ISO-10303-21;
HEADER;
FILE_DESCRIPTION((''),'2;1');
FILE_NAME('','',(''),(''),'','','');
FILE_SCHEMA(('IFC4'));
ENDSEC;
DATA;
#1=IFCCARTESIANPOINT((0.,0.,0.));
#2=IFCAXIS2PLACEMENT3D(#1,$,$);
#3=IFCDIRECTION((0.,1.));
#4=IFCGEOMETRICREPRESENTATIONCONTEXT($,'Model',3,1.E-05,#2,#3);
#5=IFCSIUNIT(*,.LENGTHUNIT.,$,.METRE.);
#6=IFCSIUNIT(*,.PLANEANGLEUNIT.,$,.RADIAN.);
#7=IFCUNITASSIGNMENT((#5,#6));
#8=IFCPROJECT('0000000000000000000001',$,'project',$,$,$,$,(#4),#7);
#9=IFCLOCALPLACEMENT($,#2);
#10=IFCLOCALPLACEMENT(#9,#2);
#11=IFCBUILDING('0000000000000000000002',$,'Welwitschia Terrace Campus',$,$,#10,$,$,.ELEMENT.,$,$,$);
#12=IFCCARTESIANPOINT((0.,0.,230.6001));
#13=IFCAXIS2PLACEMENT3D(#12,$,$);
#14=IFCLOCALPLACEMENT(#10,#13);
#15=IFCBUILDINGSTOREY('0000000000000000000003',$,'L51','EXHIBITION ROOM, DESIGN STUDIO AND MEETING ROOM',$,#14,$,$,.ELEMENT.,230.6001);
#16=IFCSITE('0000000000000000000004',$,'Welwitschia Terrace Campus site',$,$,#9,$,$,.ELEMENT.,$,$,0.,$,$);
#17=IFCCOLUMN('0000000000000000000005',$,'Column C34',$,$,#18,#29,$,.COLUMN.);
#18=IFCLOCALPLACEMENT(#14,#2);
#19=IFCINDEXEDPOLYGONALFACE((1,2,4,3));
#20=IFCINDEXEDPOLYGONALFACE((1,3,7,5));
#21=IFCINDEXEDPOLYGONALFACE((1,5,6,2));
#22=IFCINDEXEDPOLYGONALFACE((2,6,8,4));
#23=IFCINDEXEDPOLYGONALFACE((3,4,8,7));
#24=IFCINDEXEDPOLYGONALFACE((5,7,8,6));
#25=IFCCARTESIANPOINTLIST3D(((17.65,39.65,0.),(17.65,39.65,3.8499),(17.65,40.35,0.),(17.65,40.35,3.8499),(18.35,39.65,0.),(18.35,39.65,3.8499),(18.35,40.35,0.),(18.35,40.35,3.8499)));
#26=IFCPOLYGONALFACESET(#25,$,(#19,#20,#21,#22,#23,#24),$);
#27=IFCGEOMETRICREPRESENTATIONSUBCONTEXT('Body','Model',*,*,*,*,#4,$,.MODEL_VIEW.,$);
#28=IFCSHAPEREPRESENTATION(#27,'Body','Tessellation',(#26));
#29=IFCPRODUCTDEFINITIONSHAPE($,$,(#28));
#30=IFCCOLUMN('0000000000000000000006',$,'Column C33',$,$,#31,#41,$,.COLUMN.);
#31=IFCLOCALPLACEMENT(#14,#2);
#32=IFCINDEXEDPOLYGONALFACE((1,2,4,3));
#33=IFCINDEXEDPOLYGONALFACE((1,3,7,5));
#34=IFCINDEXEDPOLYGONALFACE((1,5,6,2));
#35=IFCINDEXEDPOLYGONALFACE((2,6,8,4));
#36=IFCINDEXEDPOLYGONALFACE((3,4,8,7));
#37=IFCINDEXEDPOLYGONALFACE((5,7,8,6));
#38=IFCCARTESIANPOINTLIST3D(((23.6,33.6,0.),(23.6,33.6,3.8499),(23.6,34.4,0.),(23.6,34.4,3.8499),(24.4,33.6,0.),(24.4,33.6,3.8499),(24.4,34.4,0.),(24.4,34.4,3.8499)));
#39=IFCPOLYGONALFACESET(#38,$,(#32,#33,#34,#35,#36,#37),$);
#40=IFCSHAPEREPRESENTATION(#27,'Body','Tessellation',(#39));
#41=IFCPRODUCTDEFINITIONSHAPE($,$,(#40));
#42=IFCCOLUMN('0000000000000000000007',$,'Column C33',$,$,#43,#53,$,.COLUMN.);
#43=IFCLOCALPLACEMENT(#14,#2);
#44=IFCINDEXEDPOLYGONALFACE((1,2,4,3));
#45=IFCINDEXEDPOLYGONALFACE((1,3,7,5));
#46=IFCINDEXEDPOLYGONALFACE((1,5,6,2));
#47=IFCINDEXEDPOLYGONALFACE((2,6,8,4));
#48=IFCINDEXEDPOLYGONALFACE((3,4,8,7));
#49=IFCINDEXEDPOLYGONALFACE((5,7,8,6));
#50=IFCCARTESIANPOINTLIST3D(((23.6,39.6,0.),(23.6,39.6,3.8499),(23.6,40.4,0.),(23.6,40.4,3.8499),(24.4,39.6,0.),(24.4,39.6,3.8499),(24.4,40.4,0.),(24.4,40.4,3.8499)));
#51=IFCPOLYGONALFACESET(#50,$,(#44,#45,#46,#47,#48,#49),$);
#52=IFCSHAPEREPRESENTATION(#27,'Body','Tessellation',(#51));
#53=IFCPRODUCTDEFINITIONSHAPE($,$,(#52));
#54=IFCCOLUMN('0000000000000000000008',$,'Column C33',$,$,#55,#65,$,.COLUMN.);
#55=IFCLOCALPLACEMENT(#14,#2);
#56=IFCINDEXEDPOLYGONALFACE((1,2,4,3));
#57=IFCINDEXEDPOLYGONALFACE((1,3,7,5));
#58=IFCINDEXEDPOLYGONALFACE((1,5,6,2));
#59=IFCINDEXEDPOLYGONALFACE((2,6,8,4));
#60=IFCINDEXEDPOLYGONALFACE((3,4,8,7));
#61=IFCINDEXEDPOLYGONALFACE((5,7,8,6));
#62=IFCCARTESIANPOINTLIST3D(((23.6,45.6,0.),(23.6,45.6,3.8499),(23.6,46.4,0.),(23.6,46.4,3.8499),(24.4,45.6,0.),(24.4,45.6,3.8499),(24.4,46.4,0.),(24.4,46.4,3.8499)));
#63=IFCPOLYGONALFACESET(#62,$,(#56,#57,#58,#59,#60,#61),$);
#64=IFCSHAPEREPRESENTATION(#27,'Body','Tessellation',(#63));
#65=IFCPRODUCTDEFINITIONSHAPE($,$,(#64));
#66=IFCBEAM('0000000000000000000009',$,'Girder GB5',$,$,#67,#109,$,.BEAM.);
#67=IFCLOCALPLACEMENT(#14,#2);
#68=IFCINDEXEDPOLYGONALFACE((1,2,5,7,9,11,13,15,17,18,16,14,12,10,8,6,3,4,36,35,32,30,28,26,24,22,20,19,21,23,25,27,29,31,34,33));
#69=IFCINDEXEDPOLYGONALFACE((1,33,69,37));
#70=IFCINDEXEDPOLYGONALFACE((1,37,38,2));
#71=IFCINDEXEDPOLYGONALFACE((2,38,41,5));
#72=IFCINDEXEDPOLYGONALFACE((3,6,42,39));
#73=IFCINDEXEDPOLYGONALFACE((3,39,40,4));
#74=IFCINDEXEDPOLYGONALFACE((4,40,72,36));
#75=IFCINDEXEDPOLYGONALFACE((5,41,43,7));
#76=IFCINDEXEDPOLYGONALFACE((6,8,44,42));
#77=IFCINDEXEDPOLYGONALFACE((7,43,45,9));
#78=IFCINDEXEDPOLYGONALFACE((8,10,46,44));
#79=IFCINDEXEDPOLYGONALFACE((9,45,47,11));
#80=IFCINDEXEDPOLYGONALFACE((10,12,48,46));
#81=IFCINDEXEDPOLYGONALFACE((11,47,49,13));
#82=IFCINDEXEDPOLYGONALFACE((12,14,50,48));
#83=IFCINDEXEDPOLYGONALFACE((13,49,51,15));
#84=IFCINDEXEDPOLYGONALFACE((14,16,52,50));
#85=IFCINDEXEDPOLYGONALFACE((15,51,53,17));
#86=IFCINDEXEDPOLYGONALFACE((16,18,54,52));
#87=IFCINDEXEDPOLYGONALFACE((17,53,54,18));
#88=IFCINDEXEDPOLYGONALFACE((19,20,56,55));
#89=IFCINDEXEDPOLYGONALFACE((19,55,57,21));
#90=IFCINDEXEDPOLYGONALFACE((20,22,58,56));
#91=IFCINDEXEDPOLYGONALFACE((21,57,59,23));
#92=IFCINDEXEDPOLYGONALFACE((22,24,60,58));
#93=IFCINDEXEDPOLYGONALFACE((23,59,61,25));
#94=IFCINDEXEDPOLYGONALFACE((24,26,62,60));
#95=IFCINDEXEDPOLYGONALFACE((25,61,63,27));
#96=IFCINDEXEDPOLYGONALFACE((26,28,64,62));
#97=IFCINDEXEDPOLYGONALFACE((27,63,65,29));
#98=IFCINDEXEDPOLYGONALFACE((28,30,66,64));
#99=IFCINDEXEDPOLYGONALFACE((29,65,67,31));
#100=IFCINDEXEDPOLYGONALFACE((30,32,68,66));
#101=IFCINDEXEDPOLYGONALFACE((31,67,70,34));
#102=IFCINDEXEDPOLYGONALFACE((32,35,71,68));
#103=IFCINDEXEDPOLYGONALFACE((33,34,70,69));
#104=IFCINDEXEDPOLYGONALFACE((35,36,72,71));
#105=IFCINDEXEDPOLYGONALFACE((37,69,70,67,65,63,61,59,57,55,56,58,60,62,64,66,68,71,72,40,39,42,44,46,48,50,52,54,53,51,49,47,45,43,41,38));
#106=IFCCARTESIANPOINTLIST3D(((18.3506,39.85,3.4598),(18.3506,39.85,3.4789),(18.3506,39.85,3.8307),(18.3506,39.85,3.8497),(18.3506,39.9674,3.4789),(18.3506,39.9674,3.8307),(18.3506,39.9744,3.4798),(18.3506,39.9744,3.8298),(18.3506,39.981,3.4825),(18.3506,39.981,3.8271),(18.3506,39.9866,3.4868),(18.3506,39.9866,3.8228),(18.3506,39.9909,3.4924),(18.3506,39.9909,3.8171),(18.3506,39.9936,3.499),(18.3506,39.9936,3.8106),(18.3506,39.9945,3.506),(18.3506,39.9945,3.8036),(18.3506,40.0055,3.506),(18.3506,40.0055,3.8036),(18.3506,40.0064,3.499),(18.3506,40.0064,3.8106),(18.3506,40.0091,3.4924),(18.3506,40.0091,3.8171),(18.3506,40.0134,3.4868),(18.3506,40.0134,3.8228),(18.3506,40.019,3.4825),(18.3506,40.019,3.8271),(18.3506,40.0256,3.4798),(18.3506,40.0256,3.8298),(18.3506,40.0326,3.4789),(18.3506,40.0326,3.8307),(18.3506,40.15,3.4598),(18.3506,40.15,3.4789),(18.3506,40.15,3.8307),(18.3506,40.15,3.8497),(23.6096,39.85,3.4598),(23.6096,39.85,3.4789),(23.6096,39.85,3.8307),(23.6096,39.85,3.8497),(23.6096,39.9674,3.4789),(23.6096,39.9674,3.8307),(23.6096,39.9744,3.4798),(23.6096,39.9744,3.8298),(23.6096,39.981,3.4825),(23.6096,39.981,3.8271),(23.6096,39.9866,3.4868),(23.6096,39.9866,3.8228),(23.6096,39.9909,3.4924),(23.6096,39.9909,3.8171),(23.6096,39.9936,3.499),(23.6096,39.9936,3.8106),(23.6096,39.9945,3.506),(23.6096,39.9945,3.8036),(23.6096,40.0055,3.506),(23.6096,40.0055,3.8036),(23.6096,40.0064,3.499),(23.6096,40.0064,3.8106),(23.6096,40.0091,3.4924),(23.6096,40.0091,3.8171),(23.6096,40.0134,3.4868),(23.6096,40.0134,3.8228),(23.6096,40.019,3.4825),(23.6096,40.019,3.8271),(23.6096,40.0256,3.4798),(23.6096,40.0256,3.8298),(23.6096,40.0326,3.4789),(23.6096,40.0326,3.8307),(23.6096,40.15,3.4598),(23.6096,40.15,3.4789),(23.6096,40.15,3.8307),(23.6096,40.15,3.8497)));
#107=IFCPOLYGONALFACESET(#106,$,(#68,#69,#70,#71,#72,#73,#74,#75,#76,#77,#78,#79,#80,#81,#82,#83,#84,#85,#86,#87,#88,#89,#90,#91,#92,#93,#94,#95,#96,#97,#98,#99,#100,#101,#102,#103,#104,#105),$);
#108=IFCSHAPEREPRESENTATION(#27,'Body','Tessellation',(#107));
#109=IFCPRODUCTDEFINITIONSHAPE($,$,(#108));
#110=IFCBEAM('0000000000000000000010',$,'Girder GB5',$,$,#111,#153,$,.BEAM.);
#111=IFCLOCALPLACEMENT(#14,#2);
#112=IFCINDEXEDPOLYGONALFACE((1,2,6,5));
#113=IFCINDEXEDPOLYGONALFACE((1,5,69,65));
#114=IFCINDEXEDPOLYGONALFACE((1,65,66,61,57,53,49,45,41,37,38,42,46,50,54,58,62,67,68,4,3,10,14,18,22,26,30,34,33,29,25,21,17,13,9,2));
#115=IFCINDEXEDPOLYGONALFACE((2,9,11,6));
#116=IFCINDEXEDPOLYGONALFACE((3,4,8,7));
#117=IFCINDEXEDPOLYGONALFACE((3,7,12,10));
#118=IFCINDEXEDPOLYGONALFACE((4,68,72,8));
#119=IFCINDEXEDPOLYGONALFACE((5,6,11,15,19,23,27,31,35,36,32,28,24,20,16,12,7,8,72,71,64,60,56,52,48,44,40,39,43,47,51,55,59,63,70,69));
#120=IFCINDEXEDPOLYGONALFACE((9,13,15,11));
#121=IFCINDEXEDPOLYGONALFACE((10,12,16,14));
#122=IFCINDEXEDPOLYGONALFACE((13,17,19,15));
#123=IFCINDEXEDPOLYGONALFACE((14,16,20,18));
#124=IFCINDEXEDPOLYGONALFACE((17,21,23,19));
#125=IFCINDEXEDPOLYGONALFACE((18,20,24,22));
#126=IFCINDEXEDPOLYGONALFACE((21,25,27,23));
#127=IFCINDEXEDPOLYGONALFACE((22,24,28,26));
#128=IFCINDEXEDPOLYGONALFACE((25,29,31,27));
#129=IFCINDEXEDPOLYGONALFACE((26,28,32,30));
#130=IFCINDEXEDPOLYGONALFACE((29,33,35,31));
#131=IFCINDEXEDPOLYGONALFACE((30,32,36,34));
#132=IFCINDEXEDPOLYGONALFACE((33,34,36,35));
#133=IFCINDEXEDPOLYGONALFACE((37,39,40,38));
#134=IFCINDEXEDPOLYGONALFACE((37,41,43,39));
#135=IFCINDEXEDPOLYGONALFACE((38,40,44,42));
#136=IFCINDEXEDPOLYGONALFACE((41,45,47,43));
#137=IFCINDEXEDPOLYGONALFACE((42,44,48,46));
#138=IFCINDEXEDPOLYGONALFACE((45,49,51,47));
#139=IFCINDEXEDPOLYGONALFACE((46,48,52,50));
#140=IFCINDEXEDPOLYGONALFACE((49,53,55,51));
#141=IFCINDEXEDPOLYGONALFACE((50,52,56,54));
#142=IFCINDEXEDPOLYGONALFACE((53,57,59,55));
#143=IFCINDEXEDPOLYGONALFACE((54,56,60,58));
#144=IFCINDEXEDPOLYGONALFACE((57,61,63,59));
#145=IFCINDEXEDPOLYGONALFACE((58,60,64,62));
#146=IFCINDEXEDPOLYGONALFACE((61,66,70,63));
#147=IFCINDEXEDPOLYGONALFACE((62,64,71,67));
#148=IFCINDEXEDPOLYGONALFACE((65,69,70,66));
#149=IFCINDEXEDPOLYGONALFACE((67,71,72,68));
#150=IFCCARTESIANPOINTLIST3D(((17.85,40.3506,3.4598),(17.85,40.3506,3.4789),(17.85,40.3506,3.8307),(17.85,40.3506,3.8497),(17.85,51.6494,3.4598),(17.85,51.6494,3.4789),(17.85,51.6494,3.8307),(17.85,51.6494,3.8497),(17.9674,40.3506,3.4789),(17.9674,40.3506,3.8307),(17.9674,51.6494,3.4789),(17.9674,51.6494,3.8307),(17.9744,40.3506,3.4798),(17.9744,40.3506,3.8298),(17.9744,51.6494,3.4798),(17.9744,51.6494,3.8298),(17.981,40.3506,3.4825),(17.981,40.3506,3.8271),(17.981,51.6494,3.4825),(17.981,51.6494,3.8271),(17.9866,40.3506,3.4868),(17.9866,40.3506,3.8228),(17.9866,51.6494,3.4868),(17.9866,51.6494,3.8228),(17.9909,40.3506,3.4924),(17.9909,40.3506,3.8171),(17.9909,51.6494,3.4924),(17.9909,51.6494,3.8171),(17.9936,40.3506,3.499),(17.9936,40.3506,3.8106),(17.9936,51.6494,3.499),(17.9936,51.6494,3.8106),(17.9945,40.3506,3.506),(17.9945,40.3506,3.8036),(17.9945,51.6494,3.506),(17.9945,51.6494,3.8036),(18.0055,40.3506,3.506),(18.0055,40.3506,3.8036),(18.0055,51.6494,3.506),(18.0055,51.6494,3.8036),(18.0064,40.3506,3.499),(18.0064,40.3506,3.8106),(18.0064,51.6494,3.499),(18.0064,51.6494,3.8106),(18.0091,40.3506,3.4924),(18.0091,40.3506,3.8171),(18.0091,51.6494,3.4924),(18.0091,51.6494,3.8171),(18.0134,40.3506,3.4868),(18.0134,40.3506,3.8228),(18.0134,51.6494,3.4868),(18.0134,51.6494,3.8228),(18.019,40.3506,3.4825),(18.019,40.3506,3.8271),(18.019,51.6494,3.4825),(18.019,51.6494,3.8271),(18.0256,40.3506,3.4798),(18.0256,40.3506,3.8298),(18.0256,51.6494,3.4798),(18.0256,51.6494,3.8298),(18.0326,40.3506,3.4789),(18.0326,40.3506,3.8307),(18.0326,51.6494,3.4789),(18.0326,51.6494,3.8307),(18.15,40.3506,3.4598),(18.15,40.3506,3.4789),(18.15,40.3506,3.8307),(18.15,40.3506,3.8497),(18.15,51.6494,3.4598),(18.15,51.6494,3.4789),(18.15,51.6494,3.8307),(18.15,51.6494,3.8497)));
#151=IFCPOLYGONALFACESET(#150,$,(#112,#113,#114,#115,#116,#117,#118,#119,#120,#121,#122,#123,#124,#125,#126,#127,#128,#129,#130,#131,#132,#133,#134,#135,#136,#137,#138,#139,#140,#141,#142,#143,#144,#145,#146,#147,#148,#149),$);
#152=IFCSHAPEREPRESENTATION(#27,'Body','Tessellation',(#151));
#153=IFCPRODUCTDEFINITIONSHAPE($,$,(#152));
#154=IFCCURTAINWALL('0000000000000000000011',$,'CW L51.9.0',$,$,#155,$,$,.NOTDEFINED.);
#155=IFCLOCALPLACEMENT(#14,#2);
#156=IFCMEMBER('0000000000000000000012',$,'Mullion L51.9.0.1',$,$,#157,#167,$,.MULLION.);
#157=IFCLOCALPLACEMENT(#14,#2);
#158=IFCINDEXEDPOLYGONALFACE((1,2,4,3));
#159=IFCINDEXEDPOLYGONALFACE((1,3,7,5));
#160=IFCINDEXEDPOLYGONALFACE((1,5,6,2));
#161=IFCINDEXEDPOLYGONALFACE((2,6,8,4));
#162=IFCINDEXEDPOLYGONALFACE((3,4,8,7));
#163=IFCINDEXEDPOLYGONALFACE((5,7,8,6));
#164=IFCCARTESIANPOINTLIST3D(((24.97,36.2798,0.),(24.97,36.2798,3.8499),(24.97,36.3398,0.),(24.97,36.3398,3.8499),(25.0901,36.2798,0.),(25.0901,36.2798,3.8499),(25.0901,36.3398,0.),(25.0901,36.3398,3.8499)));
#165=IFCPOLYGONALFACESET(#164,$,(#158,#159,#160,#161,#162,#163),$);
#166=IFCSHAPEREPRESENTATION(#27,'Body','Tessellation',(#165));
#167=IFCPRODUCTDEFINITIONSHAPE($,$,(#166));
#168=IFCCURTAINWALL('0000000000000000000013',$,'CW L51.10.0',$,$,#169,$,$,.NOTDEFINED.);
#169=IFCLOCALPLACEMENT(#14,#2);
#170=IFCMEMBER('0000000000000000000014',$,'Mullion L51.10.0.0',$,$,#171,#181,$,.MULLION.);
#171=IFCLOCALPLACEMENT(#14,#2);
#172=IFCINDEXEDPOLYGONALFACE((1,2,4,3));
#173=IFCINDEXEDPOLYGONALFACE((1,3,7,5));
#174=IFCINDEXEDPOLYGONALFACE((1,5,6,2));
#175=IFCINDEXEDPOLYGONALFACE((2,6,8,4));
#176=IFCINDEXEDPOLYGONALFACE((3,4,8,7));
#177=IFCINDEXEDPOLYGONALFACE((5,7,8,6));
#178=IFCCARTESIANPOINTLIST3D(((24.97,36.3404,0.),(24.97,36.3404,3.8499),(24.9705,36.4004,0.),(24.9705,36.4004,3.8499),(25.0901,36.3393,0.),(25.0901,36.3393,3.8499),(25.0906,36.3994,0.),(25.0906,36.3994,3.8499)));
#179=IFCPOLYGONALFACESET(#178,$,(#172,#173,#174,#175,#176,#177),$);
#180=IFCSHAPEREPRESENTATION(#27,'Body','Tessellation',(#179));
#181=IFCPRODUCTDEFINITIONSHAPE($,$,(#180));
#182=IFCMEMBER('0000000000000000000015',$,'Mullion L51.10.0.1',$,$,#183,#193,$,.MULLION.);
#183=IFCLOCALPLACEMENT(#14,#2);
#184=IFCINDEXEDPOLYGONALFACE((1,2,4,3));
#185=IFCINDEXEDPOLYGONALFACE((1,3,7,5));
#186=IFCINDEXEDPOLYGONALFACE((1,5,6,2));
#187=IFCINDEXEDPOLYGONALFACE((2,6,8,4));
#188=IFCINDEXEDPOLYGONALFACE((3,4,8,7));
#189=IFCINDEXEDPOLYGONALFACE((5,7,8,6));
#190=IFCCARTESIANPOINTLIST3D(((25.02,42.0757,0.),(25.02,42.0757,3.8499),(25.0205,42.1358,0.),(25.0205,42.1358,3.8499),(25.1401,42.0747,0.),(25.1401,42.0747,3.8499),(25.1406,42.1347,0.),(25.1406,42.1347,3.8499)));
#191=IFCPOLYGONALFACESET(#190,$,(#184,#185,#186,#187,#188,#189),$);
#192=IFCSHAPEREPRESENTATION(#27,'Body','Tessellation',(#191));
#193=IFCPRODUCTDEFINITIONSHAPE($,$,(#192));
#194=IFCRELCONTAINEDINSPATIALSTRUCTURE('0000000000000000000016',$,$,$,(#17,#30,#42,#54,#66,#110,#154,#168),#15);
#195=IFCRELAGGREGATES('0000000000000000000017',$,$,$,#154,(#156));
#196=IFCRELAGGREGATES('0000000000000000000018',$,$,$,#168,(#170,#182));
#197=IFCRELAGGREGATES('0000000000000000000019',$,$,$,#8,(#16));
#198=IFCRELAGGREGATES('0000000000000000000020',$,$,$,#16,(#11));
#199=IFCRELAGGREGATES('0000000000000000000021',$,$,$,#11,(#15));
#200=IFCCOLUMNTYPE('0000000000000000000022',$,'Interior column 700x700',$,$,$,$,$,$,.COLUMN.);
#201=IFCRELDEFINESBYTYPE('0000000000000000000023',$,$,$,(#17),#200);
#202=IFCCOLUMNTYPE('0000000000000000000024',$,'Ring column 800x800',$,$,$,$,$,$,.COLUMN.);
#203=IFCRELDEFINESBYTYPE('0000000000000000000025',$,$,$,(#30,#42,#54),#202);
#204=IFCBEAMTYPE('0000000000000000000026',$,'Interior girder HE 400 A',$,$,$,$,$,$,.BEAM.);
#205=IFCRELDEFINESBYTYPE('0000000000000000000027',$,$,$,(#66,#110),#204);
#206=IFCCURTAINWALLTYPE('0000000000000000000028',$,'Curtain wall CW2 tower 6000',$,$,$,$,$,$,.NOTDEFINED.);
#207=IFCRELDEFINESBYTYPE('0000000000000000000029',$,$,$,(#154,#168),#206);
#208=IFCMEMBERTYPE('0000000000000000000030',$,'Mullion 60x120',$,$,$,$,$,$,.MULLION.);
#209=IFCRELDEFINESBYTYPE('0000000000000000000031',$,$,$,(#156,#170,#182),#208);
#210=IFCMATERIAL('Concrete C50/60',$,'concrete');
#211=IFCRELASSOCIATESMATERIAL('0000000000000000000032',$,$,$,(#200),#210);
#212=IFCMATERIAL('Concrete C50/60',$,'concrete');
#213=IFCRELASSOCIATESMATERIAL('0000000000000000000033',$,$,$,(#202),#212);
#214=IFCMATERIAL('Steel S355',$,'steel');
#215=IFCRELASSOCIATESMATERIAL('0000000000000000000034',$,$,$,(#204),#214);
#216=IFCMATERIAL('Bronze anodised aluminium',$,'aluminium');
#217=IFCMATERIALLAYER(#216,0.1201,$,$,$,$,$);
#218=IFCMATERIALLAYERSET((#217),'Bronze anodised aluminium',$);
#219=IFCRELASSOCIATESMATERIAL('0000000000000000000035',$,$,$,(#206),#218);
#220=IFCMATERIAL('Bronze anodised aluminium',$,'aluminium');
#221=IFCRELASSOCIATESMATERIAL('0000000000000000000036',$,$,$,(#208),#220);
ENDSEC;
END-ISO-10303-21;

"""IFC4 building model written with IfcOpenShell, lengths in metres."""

from ifc_helpers import new_model, si_unit, direction, frame, origin, origin_2d, place, context, subcontext, project, spatial, rectangle, i_section, extrude, material, layer, layer_set, material_profile, profile_set, type_object, element, aggregate, save


model = new_model("IFC4")

# Units and contexts
model_context = context("Model", 3, precision=1e-05, world=origin(), true_north=direction((0.0, 1.0)))
body_context = subcontext(model_context, "Body", "Model", "MODEL_VIEW")
ifc_project = project(units=[si_unit("LENGTHUNIT", "METRE"), si_unit("PLANEANGLEUNIT", "RADIAN")], contexts=[model_context])

# Site, building, storey
site_placement = place(None, origin())
site = spatial("IfcSite", under=ifc_project, at=site_placement, Name="Welwitschia Terrace Campus site", CompositionType="ELEMENT", RefElevation=0.0)
building_placement = place(site_placement, origin())
building = spatial("IfcBuilding", under=site, at=building_placement, Name="Welwitschia Terrace Campus", CompositionType="ELEMENT")
storey_placement = place(building_placement, frame((0.0, 0.0, 230.6001)))
storey = spatial("IfcBuildingStorey", under=building, at=storey_placement, Name="L51", Description="EXHIBITION ROOM, DESIGN STUDIO AND MEETING ROOM", CompositionType="ELEMENT", Elevation=230.6001)

# Columns
ifc_material_1 = material(Name="Concrete C50/60", Category="concrete")
ifc_material_profile_1 = material_profile(ifc_material_1, rectangle(XDim=0.7, YDim=0.7, at=origin_2d()))
ifc_profile_set_1 = profile_set([ifc_material_profile_1], Name="Concrete C50/60")
column_type_1 = type_object("IfcColumnType", Name="Interior column 700x700", PredefinedType="COLUMN", material=ifc_profile_set_1)
column_placement = place(storey_placement, frame((18.0, 40.0, 0.0), z_axis=(0.0, 0.0, 1.0), x_axis=(1.0, 0.0, 0.0)))
element("IfcColumn", 1, at=column_placement, inside=storey, type_object=column_type_1, Name="Column C34", PredefinedType="COLUMN", context=body_context, shape_type="SweptSolid", body=[
    extrude(rectangle(XDim=0.7, YDim=0.7, at=origin_2d()), origin(), (0.0, 0.0, 1.0), 3.8499),
])
ifc_material_2 = material(Name="Concrete C50/60", Category="concrete")
ifc_material_profile_2 = material_profile(ifc_material_2, rectangle(XDim=0.8, YDim=0.8, at=origin_2d()))
ifc_profile_set_2 = profile_set([ifc_material_profile_2], Name="Concrete C50/60")
column_type_2 = type_object("IfcColumnType", Name="Ring column 800x800", PredefinedType="COLUMN", material=ifc_profile_set_2)
for number, where, z_axis, x_axis, name in (
    (2, (24.0, 34.0, 0.0), (0.0, 0.0, 1.0), (1.0, 0.0, 0.0), "Column C33"),
    (3, (24.0, 40.0, 0.0), (0.0, 0.0, 1.0), (1.0, 0.0, 0.0), "Column C33"),
    (4, (24.0, 46.0, 0.0), (0.0, 0.0, 1.0), (1.0, 0.0, 0.0), "Column C33"),
):
    element("IfcColumn", number, at=place(storey_placement, frame(where, z_axis=z_axis, x_axis=x_axis)), inside=storey, type_object=column_type_2, Name=name, PredefinedType="COLUMN", context=body_context, shape_type="SweptSolid", body=[
        extrude(rectangle(XDim=0.8, YDim=0.8, at=origin_2d()), origin(), (0.0, 0.0, 1.0), 3.8499),
    ])

# Beams
ifc_material_3 = material(Name="Steel S355", Category="steel")
ifc_material_profile_3 = material_profile(ifc_material_3, i_section(OverallWidth=0.3, OverallDepth=0.3899, WebThickness=0.011, FlangeThickness=0.019, FilletRadius=0.0271, at=origin_2d()))
ifc_profile_set_3 = profile_set([ifc_material_profile_3], Name="Steel S355")
beam_type_1 = type_object("IfcBeamType", Name="Interior girder HE 400 A", PredefinedType="BEAM", material=ifc_profile_set_3)
beam_1_placement = place(storey_placement, frame((18.3506, 40.0, 3.6548), z_axis=(1.0, 0.0, 0.0), x_axis=(0.0, 1.0, 0.0)))
element("IfcBeam", 5, at=beam_1_placement, inside=storey, type_object=beam_type_1, Name="Girder GB5", PredefinedType="BEAM", context=body_context, shape_type="SweptSolid", body=[
    extrude(i_section(OverallWidth=0.3, OverallDepth=0.3899, WebThickness=0.011, FlangeThickness=0.019, FilletRadius=0.0271, at=origin_2d()), origin(), (0.0, 0.0, 1.0), 5.259),
])
beam_2_placement = place(storey_placement, frame((18.0, 40.3506, 3.6548), z_axis=(0.0, 1.0, 0.0), x_axis=(-1.0, 0.0, 0.0)))
element("IfcBeam", 6, at=beam_2_placement, inside=storey, type_object=beam_type_1, Name="Girder GB5", PredefinedType="BEAM", context=body_context, shape_type="SweptSolid", body=[
    extrude(i_section(OverallWidth=0.3, OverallDepth=0.3899, WebThickness=0.011, FlangeThickness=0.019, FilletRadius=0.0271, at=origin_2d()), origin(), (0.0, 0.0, 1.0), 11.2988),
])

# Curtain wall, member
ifc_material_4 = material(Name="Bronze anodised aluminium", Category="aluminium")
ifc_layer_1 = layer(ifc_material_4, 0.1201)
ifc_layer_set_1 = layer_set([ifc_layer_1], Name="Bronze anodised aluminium")
curtain_wall_type = type_object("IfcCurtainWallType", Name="Curtain wall CW2 tower 6000", PredefinedType="NOTDEFINED", material=ifc_layer_set_1)
curtain_wall_1_placement = place(storey_placement, origin())
curtain_wall_1 = element("IfcCurtainWall", 7, at=curtain_wall_1_placement, inside=storey, type_object=curtain_wall_type, Name="CW L51.9.0", PredefinedType="NOTDEFINED")
ifc_material_5 = material(Name="Bronze anodised aluminium", Category="aluminium")
ifc_material_profile_4 = material_profile(ifc_material_5, rectangle(XDim=0.1201, YDim=0.0601, at=origin_2d()))
ifc_profile_set_4 = profile_set([ifc_material_profile_4], Name="Bronze anodised aluminium")
member_type_1 = type_object("IfcMemberType", Name="Mullion 60x120", PredefinedType="MULLION", material=ifc_profile_set_4)
member_1_placement = place(storey_placement, frame((25.03, 36.3098, 0.0), z_axis=(0.0, 0.0, 1.0), x_axis=(-1.0, 0.0, 0.0)))
member_1 = element("IfcMember", 8, at=member_1_placement, type_object=member_type_1, Name="Mullion L51.9.0.1", PredefinedType="MULLION", context=body_context, shape_type="SweptSolid", body=[
    extrude(rectangle(XDim=0.1201, YDim=0.0601, at=origin_2d()), origin(), (0.0, 0.0, 1.0), 3.8499),
])
aggregate(curtain_wall_1, [member_1])

# Curtain wall, members
curtain_wall_2_placement = place(storey_placement, origin())
curtain_wall_2 = element("IfcCurtainWall", 9, at=curtain_wall_2_placement, inside=storey, type_object=curtain_wall_type, Name="CW L51.10.0", PredefinedType="NOTDEFINED")
member_2_placement = place(storey_placement, frame((25.0303, 36.3699, 0.0), z_axis=(0.0, 0.0, 1.0), x_axis=(-0.999962, 0.008727, 0.0)))
member_2 = element("IfcMember", 10, at=member_2_placement, type_object=member_type_1, Name="Mullion L51.10.0.0", PredefinedType="MULLION", context=body_context, shape_type="SweptSolid", body=[
    extrude(rectangle(XDim=0.1201, YDim=0.0601, at=origin_2d()), origin(), (0.0, 0.0, 1.0), 3.8499),
])
member_3_placement = place(storey_placement, frame((25.0803, 42.1052, 0.0), z_axis=(0.0, 0.0, 1.0), x_axis=(-0.999962, 0.008727, 0.0)))
member_3 = element("IfcMember", 11, at=member_3_placement, type_object=member_type_1, Name="Mullion L51.10.0.1", PredefinedType="MULLION", context=body_context, shape_type="SweptSolid", body=[
    extrude(rectangle(XDim=0.1201, YDim=0.0601, at=origin_2d()), origin(), (0.0, 0.0, 1.0), 3.8499),
])

aggregate(curtain_wall_2, [member_2, member_3])

save(model, "model.ifc")
